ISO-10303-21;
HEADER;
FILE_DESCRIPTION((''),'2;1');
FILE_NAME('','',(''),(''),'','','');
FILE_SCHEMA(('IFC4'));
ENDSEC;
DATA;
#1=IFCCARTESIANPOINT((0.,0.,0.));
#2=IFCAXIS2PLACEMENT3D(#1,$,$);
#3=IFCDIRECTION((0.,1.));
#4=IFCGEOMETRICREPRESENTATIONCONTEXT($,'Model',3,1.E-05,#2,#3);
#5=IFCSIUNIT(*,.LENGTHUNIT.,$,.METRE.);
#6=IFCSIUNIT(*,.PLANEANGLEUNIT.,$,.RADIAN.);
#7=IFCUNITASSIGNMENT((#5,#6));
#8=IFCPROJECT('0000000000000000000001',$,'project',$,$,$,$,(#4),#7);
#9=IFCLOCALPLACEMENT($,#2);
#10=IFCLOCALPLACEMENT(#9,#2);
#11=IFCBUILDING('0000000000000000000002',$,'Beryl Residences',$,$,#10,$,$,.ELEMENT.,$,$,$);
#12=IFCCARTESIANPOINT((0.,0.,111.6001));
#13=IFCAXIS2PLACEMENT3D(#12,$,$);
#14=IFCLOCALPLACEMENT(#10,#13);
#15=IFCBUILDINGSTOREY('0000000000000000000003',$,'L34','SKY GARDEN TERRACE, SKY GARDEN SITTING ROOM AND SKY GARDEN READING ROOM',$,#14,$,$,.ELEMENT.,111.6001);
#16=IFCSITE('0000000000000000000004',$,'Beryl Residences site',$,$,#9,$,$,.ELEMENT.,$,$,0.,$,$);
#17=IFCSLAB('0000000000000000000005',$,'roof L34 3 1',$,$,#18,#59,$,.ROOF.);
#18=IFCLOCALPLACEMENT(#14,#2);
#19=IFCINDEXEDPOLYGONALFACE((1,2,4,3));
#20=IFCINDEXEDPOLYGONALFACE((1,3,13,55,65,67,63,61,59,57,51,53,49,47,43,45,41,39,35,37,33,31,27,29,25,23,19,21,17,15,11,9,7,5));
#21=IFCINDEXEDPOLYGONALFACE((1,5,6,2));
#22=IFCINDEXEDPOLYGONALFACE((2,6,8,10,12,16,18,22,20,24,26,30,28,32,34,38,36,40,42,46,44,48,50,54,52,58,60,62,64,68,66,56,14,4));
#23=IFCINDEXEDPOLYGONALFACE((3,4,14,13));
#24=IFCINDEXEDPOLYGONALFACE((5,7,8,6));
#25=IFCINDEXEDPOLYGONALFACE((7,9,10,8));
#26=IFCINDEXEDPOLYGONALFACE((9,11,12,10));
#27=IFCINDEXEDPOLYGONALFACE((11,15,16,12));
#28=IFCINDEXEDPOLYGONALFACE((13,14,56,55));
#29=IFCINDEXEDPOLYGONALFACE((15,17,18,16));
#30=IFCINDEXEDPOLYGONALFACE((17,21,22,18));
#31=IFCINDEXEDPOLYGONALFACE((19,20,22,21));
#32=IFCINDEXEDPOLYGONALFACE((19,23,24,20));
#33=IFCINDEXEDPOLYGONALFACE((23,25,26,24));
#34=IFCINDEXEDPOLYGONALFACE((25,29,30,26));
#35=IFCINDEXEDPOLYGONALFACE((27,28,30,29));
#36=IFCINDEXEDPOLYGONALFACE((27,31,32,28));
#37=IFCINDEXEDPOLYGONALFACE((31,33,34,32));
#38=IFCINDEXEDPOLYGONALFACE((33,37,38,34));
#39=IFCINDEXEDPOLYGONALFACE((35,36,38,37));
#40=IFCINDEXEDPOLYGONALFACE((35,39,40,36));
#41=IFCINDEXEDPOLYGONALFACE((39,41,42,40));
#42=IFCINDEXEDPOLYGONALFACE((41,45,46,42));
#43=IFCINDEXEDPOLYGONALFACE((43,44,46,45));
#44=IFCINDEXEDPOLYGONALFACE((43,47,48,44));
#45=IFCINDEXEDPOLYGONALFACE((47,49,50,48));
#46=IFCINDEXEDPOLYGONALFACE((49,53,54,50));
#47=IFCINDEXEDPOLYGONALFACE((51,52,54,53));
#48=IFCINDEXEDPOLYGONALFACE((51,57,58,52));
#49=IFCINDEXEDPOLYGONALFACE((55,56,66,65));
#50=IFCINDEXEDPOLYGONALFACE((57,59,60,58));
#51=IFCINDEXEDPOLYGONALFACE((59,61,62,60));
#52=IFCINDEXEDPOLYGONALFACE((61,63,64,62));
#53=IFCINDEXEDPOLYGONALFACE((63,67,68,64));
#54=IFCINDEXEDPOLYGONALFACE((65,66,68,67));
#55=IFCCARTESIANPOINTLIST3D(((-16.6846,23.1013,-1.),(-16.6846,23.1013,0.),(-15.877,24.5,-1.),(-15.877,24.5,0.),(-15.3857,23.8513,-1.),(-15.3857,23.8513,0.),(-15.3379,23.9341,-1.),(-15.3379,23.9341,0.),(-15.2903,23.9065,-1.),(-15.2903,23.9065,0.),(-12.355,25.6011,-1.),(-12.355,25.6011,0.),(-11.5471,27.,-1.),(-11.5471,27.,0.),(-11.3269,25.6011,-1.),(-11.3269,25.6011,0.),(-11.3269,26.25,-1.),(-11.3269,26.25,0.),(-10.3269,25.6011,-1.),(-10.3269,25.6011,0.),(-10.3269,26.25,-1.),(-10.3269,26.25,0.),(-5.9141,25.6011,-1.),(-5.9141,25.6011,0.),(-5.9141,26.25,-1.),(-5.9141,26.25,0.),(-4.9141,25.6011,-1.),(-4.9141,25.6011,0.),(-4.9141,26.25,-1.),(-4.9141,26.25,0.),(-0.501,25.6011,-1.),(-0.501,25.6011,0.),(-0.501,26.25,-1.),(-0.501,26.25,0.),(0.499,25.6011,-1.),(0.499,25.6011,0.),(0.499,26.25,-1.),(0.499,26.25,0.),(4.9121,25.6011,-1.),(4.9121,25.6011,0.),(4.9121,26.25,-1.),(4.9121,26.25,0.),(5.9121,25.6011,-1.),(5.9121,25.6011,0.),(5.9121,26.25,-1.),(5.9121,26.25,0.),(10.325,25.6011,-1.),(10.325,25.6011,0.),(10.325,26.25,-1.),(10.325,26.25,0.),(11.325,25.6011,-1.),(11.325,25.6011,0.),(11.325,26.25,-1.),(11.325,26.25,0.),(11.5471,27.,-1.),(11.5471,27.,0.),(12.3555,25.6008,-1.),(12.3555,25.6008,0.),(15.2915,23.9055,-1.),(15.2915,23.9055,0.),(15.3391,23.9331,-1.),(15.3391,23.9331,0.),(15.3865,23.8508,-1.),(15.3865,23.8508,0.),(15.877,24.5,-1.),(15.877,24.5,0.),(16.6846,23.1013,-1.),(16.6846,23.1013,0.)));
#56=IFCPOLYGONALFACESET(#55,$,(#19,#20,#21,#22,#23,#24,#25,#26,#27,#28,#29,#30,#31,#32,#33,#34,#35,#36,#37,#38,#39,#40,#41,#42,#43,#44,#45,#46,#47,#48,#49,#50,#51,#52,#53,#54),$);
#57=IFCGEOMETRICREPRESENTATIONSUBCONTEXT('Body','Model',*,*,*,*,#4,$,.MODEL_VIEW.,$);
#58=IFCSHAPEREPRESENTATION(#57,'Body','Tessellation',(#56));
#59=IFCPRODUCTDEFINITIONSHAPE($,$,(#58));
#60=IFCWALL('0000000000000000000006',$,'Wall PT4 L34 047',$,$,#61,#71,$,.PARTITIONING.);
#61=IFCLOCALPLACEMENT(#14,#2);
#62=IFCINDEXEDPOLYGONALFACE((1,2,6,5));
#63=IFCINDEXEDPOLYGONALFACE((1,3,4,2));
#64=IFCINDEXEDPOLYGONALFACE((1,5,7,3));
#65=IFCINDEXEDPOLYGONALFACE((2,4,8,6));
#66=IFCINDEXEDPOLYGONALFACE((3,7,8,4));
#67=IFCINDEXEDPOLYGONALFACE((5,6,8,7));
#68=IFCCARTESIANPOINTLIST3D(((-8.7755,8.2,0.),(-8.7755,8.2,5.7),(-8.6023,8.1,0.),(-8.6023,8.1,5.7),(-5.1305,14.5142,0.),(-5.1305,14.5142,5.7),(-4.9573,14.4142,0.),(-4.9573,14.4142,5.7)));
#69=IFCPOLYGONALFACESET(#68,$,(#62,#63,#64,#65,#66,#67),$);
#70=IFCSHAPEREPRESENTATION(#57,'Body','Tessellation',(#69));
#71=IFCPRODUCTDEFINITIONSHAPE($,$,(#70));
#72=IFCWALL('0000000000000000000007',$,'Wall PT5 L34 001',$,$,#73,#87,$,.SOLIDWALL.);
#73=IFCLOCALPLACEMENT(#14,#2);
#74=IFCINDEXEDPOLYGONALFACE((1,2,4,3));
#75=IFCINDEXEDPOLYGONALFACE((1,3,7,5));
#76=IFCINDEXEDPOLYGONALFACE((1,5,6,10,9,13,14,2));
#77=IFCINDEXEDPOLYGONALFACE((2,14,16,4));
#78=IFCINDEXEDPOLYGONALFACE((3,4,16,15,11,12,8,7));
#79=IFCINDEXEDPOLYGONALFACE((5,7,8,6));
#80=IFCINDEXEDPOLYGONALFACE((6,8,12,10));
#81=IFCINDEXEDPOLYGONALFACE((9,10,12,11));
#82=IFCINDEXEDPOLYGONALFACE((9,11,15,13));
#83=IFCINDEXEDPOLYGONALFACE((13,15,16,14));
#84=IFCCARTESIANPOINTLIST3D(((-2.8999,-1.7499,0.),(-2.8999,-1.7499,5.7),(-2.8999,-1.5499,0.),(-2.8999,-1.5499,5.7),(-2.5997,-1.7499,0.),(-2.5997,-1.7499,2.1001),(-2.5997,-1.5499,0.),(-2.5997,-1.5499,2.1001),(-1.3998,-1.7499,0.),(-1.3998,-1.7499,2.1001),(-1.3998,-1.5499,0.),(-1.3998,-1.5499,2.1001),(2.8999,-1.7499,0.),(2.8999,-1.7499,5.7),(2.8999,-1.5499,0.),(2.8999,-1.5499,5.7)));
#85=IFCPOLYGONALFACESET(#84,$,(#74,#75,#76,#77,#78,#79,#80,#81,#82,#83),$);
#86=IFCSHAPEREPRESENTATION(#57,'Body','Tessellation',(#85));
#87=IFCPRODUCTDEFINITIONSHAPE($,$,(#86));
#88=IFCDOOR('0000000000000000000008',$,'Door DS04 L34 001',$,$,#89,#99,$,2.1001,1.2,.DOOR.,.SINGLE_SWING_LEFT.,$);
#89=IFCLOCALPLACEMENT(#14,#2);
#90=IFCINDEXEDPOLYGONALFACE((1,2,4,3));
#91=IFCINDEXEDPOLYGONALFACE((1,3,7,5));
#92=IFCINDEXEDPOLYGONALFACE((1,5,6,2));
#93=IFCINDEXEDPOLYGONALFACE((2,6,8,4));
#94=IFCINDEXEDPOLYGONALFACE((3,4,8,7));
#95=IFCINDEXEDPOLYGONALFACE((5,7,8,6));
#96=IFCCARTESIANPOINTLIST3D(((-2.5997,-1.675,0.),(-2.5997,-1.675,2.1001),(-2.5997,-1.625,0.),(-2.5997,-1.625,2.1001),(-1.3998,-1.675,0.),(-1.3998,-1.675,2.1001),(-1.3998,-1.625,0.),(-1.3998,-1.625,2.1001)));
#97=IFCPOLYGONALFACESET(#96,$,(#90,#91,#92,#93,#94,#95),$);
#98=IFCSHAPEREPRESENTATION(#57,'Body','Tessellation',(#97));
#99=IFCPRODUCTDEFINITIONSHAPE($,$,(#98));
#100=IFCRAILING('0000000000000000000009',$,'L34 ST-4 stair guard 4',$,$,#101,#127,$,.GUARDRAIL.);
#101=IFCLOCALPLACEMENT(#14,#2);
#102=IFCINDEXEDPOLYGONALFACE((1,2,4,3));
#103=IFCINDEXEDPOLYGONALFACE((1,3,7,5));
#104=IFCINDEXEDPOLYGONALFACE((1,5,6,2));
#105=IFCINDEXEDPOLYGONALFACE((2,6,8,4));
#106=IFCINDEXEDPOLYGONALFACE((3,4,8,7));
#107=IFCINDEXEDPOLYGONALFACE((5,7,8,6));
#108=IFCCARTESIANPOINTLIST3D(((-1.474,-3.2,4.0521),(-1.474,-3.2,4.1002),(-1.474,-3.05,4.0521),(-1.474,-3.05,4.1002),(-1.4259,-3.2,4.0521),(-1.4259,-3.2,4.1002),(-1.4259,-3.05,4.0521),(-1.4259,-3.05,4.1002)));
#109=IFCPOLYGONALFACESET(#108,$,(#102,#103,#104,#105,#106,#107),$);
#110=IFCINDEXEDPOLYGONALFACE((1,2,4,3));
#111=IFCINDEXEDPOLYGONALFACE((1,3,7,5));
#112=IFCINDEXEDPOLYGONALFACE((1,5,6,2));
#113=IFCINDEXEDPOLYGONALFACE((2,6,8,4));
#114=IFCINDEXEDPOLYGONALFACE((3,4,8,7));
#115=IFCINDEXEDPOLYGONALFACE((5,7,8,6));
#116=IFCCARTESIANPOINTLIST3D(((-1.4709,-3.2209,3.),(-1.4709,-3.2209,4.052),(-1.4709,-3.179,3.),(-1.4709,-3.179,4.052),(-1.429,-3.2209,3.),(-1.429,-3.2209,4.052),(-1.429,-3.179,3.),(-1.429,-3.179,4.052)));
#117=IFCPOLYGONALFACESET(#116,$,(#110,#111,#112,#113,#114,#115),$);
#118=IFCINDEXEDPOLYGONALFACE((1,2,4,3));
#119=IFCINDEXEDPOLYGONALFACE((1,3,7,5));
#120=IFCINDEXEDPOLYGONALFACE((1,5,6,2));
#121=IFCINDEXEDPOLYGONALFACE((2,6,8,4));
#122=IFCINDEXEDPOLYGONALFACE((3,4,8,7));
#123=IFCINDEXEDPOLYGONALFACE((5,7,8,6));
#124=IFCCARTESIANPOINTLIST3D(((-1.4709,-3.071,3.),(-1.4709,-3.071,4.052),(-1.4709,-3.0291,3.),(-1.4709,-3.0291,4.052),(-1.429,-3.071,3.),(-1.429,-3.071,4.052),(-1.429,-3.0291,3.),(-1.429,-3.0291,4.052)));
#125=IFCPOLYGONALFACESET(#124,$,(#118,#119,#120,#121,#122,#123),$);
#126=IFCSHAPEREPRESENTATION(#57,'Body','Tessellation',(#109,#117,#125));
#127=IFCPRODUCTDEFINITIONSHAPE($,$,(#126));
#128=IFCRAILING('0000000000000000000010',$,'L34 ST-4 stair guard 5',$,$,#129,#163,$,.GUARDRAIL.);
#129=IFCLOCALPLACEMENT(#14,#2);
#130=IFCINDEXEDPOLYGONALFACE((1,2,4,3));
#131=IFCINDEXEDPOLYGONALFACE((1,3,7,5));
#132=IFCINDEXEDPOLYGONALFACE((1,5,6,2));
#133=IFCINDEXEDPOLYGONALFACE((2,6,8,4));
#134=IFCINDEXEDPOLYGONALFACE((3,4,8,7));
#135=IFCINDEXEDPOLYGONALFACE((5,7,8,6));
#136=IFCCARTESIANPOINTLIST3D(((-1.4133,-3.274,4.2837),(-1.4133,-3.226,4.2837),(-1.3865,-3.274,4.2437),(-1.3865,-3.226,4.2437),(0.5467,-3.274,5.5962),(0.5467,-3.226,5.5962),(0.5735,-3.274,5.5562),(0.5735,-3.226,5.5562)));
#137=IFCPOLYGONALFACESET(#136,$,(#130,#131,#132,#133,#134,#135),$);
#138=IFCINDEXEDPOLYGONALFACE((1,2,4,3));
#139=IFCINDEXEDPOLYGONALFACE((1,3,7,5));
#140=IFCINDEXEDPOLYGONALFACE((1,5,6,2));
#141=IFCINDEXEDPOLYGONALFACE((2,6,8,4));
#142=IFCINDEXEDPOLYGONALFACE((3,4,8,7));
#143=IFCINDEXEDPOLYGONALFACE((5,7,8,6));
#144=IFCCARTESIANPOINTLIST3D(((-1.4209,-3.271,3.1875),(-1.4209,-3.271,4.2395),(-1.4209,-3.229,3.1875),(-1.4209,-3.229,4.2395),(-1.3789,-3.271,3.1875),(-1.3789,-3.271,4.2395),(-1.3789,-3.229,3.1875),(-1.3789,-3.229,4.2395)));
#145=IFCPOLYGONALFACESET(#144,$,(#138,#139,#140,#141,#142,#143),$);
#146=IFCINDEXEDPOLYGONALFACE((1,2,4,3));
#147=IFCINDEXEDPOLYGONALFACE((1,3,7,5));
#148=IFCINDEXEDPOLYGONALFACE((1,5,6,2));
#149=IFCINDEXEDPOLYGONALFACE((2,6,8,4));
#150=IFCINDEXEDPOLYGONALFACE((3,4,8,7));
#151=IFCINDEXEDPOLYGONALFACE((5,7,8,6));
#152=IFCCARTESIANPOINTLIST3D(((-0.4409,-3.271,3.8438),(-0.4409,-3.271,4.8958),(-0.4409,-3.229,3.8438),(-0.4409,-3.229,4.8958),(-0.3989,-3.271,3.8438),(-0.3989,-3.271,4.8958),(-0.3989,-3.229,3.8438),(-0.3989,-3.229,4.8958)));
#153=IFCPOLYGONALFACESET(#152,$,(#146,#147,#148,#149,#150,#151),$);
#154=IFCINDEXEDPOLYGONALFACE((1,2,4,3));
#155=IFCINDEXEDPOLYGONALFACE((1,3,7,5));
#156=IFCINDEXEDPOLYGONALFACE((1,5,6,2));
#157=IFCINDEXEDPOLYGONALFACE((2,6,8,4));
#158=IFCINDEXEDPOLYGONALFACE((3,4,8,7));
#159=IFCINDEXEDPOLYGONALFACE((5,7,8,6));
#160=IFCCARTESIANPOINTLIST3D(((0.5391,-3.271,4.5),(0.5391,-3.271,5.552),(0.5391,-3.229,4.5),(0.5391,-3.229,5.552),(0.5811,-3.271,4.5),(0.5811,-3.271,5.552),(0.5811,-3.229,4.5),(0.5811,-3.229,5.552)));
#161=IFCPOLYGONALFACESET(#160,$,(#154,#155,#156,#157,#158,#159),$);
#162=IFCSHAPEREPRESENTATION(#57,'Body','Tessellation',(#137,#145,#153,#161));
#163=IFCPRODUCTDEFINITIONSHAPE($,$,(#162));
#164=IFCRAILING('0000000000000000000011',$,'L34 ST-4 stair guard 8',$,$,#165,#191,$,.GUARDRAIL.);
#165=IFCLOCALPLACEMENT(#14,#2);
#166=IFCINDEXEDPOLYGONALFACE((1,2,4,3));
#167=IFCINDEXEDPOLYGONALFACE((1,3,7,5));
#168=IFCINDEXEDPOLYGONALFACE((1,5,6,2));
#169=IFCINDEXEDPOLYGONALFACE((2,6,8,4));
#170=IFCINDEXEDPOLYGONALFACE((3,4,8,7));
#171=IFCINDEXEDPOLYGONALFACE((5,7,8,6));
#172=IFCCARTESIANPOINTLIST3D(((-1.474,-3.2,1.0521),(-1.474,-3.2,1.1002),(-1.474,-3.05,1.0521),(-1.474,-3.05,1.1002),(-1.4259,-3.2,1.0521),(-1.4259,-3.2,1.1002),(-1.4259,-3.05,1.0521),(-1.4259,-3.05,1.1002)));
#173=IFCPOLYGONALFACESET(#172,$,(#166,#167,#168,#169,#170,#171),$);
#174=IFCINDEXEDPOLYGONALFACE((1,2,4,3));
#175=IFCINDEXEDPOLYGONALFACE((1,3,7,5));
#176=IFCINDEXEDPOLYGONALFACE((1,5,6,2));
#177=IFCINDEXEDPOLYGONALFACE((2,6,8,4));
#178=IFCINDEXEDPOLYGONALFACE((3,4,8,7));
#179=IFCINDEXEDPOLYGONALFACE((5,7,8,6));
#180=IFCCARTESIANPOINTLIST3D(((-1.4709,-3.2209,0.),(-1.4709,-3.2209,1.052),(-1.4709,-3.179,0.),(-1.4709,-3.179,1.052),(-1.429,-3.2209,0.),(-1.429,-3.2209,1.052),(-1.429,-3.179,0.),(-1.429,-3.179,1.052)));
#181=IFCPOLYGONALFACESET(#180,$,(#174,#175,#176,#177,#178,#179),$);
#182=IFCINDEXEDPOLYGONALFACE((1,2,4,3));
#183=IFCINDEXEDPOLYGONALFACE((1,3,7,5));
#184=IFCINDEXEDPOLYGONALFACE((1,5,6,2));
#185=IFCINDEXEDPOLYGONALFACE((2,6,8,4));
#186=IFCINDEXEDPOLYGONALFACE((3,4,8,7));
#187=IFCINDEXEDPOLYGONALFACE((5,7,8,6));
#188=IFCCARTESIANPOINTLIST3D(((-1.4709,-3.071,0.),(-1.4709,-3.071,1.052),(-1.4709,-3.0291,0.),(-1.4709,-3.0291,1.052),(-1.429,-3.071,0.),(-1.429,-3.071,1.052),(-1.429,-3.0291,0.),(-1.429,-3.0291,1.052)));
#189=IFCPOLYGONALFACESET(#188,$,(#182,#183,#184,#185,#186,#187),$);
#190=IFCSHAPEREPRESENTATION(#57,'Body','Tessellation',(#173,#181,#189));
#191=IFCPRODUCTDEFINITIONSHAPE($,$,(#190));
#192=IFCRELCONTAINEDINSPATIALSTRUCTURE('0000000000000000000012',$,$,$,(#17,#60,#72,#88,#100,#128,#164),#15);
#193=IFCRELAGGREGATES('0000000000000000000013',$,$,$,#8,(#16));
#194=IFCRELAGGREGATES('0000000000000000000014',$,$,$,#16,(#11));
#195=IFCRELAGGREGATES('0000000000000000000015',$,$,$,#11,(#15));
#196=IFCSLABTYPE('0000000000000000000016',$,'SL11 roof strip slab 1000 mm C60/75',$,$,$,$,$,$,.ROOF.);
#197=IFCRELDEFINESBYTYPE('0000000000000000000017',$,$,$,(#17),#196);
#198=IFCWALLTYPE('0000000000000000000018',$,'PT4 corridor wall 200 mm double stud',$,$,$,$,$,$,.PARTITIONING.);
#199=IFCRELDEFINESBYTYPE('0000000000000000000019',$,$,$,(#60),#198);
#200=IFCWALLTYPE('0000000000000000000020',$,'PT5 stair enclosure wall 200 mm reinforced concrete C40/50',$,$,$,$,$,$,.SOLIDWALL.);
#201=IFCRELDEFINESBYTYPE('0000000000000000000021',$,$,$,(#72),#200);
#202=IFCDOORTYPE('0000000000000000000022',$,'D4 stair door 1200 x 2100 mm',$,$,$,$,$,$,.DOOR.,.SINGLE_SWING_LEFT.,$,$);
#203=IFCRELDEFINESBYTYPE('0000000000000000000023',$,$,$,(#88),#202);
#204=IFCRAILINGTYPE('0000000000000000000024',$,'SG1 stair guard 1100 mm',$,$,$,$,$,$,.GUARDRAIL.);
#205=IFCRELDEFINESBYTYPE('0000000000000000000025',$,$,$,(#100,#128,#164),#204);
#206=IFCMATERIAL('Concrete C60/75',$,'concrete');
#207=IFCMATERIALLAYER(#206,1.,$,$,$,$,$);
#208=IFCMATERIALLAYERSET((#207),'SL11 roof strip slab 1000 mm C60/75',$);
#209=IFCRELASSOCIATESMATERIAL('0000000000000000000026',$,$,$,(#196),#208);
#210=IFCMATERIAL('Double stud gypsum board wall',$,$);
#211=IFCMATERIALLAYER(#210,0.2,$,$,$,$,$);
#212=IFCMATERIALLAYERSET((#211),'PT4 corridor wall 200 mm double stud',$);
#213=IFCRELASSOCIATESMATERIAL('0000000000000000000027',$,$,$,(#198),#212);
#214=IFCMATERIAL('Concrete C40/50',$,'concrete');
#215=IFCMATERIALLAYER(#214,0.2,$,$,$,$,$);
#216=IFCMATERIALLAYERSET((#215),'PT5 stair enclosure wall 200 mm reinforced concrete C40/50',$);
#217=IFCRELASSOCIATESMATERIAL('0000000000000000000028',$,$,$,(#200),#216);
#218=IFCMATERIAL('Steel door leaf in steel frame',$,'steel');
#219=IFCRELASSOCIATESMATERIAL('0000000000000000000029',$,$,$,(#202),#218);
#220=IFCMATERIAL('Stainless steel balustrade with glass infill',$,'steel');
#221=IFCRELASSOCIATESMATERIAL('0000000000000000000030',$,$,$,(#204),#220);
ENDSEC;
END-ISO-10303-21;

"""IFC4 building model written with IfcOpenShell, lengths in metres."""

from ifc_helpers import new_model, si_unit, direction, frame, frame_2d, origin, origin_2d, place, context, subcontext, project, spatial, polyline, rectangle, outline, extrude, material, layer, layer_set, type_object, element, fill, save


model = new_model("IFC4")

# Units and contexts
model_context = context("Model", 3, precision=1e-05, world=origin(), true_north=direction((0.0, 1.0)))
body_context = subcontext(model_context, "Body", "Model", "MODEL_VIEW")
ifc_project = project(units=[si_unit("LENGTHUNIT", "METRE"), si_unit("PLANEANGLEUNIT", "RADIAN")], contexts=[model_context])

# Site, building, storey
site_placement = place(None, origin())
site = spatial("IfcSite", under=ifc_project, at=site_placement, Name="Beryl Residences site", CompositionType="ELEMENT", RefElevation=0.0)
building_placement = place(site_placement, origin())
building = spatial("IfcBuilding", under=site, at=building_placement, Name="Beryl Residences", CompositionType="ELEMENT")
storey_placement = place(building_placement, frame((0.0, 0.0, 111.6001)))
storey = spatial("IfcBuildingStorey", under=building, at=storey_placement, Name="L34", Description="SKY GARDEN TERRACE, SKY GARDEN SITTING ROOM AND SKY GARDEN READING ROOM", CompositionType="ELEMENT", Elevation=111.6001)

# Slab
ifc_material_1 = material(Name="Concrete C60/75", Category="concrete")
ifc_layer_1 = layer(ifc_material_1, 1.0)
ifc_layer_set_1 = layer_set([ifc_layer_1], Name="SL11 roof strip slab 1000 mm C60/75")
slab_type_1 = type_object("IfcSlabType", Name="SL11 roof strip slab 1000 mm C60/75", PredefinedType="ROOF", material=ifc_layer_set_1)
slab_1_placement = place(storey_placement, frame((0.0, 0.0, -1.0)))
element("IfcSlab", 1, at=slab_1_placement, inside=storey, type_object=slab_type_1, Name="roof L34 3 1", PredefinedType="ROOF", context=body_context, shape_type="SweptSolid", body=[
    extrude(outline(polyline([(11.5471, 27.0), (15.877, 24.5), (16.6846, 23.1013), (15.3865, 23.8508), (15.3391, 23.9331), (15.2915, 23.9055), (12.3555, 25.6008), (11.325, 25.6011), (11.325, 26.25), (10.325, 26.25), (10.325, 25.6011), (5.9121, 25.6011), (5.9121, 26.25), (4.9121, 26.25), (4.9121, 25.6011), (0.499, 25.6011), (0.499, 26.25), (-0.501, 26.25), (-0.501, 25.6011), (-4.9141, 25.6011), (-4.9141, 26.25), (-5.9141, 26.25), (-5.9141, 25.6011), (-10.3269, 25.6011), (-10.3269, 26.25), (-11.3269, 26.25), (-11.3269, 25.6011), (-12.355, 25.6011), (-15.2903, 23.9065), (-15.3379, 23.9341), (-15.3857, 23.8513), (-16.6846, 23.1013), (-15.877, 24.5), (-11.5471, 27.0), (11.5471, 27.0)])), origin(), (0.0, 0.0, 1.0), 1.0),
])

# Wall
ifc_material_2 = material(Name="Double stud gypsum board wall")
ifc_layer_2 = layer(ifc_material_2, 0.2)
ifc_layer_set_2 = layer_set([ifc_layer_2], Name="PT4 corridor wall 200 mm double stud")
wall_type_1 = type_object("IfcWallType", Name="PT4 corridor wall 200 mm double stud", PredefinedType="PARTITIONING", material=ifc_layer_set_2)
wall_1_placement = place(storey_placement, frame((-8.689, 8.1499, 0.0), z_axis=(0.0, 0.0, 1.0), x_axis=(0.49995, 0.866055, 0.0)))
element("IfcWall", 2, at=wall_1_placement, inside=storey, type_object=wall_type_1, Name="Wall PT4 L34 047", PredefinedType="PARTITIONING", context=body_context, shape_type="SweptSolid", body=[
    extrude(rectangle(XDim=7.2908, YDim=0.2, at=frame_2d((3.6455, 0.0))), origin(), (0.0, 0.0, 1.0), 5.7),
])

# Wall, opening, door
ifc_material_3 = material(Name="Concrete C40/50", Category="concrete")
ifc_layer_3 = layer(ifc_material_3, 0.2)
ifc_layer_set_3 = layer_set([ifc_layer_3], Name="PT5 stair enclosure wall 200 mm reinforced concrete C40/50")
wall_type_2 = type_object("IfcWallType", Name="PT5 stair enclosure wall 200 mm reinforced concrete C40/50", PredefinedType="SOLIDWALL", material=ifc_layer_set_3)
wall_2_placement = place(storey_placement, frame((-2.8999, -1.6499, 0.0), z_axis=(0.0, 0.0, 1.0), x_axis=(1.0, 0.0, 0.0)))
wall_2 = element("IfcWall", 3, at=wall_2_placement, inside=storey, type_object=wall_type_2, Name="Wall PT5 L34 001", PredefinedType="SOLIDWALL", context=body_context, shape_type="SweptSolid", body=[
    extrude(rectangle(XDim=5.7998, YDim=0.2, at=frame_2d((2.8999, 0.0))), origin(), (0.0, 0.0, 1.0), 5.7),
])
opening_placement = place(wall_2_placement, frame((0.3, 0.0, 0.0)))
opening = element("IfcOpeningElement", 4, at=opening_placement, cuts=wall_2, PredefinedType="OPENING", context=body_context, shape_type="SweptSolid", body=[
    extrude(rectangle(XDim=1.2, YDim=2.1001, at=frame_2d((0.6001, 1.05))), frame((0.0, 0.1099, 0.0), z_axis=(0.0, -1.0, 0.0), x_axis=(1.0, 0.0, 0.0)), (0.0, 0.0, 1.0), 0.22),
])
ifc_material_4 = material(Name="Steel door leaf in steel frame", Category="steel")
door_type = type_object("IfcDoorType", Name="D4 stair door 1200 x 2100 mm", OperationType="SINGLE_SWING_LEFT", PredefinedType="DOOR", material=ifc_material_4)
door_placement = place(opening_placement, origin())
door = element("IfcDoor", 5, at=door_placement, inside=storey, type_object=door_type, Name="Door DS04 L34 001", OperationType="SINGLE_SWING_LEFT", OverallHeight=2.1001, OverallWidth=1.2, PredefinedType="DOOR", context=body_context, shape_type="SweptSolid", body=[
    extrude(rectangle(XDim=1.2, YDim=2.1001, at=frame_2d((0.6001, 1.05))), frame((0.0, 0.0249, 0.0), z_axis=(0.0, -1.0, 0.0), x_axis=(1.0, 0.0, 0.0)), (0.0, 0.0, 1.0), 0.05),
])
fill(opening, door)

# Railings
ifc_material_5 = material(Name="Stainless steel balustrade with glass infill", Category="steel")
railing_type = type_object("IfcRailingType", Name="SG1 stair guard 1100 mm", PredefinedType="GUARDRAIL", material=ifc_material_5)
railing_1_placement = place(storey_placement, frame((-1.45, -3.2, 3.0)))
element("IfcRailing", 6, at=railing_1_placement, inside=storey, type_object=railing_type, Name="L34 ST-4 stair guard 4", PredefinedType="GUARDRAIL", context=body_context, shape_type="SweptSolid", body=[
    extrude(rectangle(XDim=0.0481, YDim=0.0481, at=origin_2d()), frame((0.0, 0.0, 1.0762), z_axis=(0.0, 1.0, 0.0), x_axis=(-1.0, 0.0, 0.0)), (0.0, 0.0, 1.0), 0.1499),
    extrude(rectangle(XDim=0.042, YDim=0.042, at=origin_2d()), origin(), (0.0, 0.0, 1.0), 1.052),
    extrude(rectangle(XDim=0.042, YDim=0.042, at=origin_2d()), frame((0.0, 0.1499, 0.0)), (0.0, 0.0, 1.0), 1.052),
])
railing_2_placement = place(storey_placement, frame((-1.3999, -3.25, 3.1875)))
element("IfcRailing", 7, at=railing_2_placement, inside=storey, type_object=railing_type, Name="L34 ST-4 stair guard 5", PredefinedType="GUARDRAIL", context=body_context, shape_type="SweptSolid", body=[
    extrude(rectangle(XDim=0.0481, YDim=0.0481, at=origin_2d()), frame((0.0, 0.0, 1.0762), z_axis=(0.830902, 0.0, 0.556419), x_axis=(0.0, 1.0, 0.0)), (0.0, 0.0, 1.0), 2.3589),
    extrude(rectangle(XDim=0.042, YDim=0.042, at=origin_2d()), origin(), (0.0, 0.0, 1.0), 1.052),
    extrude(rectangle(XDim=0.042, YDim=0.042, at=origin_2d()), frame((0.98, 0.0, 0.6562)), (0.0, 0.0, 1.0), 1.052),
    extrude(rectangle(XDim=0.042, YDim=0.042, at=origin_2d()), frame((1.96, 0.0, 1.3125)), (0.0, 0.0, 1.0), 1.052),
])
railing_3_placement = place(storey_placement, frame((-1.45, -3.2, 0.0)))
element("IfcRailing", 8, at=railing_3_placement, inside=storey, type_object=railing_type, Name="L34 ST-4 stair guard 8", PredefinedType="GUARDRAIL", context=body_context, shape_type="SweptSolid", body=[
    extrude(rectangle(XDim=0.0481, YDim=0.0481, at=origin_2d()), frame((0.0, 0.0, 1.0762), z_axis=(0.0, 1.0, 0.0), x_axis=(-1.0, 0.0, 0.0)), (0.0, 0.0, 1.0), 0.1499),
    extrude(rectangle(XDim=0.042, YDim=0.042, at=origin_2d()), origin(), (0.0, 0.0, 1.0), 1.052),
    extrude(rectangle(XDim=0.042, YDim=0.042, at=origin_2d()), frame((0.0, 0.1499, 0.0)), (0.0, 0.0, 1.0), 1.052),
])

save(model, "model.ifc")
